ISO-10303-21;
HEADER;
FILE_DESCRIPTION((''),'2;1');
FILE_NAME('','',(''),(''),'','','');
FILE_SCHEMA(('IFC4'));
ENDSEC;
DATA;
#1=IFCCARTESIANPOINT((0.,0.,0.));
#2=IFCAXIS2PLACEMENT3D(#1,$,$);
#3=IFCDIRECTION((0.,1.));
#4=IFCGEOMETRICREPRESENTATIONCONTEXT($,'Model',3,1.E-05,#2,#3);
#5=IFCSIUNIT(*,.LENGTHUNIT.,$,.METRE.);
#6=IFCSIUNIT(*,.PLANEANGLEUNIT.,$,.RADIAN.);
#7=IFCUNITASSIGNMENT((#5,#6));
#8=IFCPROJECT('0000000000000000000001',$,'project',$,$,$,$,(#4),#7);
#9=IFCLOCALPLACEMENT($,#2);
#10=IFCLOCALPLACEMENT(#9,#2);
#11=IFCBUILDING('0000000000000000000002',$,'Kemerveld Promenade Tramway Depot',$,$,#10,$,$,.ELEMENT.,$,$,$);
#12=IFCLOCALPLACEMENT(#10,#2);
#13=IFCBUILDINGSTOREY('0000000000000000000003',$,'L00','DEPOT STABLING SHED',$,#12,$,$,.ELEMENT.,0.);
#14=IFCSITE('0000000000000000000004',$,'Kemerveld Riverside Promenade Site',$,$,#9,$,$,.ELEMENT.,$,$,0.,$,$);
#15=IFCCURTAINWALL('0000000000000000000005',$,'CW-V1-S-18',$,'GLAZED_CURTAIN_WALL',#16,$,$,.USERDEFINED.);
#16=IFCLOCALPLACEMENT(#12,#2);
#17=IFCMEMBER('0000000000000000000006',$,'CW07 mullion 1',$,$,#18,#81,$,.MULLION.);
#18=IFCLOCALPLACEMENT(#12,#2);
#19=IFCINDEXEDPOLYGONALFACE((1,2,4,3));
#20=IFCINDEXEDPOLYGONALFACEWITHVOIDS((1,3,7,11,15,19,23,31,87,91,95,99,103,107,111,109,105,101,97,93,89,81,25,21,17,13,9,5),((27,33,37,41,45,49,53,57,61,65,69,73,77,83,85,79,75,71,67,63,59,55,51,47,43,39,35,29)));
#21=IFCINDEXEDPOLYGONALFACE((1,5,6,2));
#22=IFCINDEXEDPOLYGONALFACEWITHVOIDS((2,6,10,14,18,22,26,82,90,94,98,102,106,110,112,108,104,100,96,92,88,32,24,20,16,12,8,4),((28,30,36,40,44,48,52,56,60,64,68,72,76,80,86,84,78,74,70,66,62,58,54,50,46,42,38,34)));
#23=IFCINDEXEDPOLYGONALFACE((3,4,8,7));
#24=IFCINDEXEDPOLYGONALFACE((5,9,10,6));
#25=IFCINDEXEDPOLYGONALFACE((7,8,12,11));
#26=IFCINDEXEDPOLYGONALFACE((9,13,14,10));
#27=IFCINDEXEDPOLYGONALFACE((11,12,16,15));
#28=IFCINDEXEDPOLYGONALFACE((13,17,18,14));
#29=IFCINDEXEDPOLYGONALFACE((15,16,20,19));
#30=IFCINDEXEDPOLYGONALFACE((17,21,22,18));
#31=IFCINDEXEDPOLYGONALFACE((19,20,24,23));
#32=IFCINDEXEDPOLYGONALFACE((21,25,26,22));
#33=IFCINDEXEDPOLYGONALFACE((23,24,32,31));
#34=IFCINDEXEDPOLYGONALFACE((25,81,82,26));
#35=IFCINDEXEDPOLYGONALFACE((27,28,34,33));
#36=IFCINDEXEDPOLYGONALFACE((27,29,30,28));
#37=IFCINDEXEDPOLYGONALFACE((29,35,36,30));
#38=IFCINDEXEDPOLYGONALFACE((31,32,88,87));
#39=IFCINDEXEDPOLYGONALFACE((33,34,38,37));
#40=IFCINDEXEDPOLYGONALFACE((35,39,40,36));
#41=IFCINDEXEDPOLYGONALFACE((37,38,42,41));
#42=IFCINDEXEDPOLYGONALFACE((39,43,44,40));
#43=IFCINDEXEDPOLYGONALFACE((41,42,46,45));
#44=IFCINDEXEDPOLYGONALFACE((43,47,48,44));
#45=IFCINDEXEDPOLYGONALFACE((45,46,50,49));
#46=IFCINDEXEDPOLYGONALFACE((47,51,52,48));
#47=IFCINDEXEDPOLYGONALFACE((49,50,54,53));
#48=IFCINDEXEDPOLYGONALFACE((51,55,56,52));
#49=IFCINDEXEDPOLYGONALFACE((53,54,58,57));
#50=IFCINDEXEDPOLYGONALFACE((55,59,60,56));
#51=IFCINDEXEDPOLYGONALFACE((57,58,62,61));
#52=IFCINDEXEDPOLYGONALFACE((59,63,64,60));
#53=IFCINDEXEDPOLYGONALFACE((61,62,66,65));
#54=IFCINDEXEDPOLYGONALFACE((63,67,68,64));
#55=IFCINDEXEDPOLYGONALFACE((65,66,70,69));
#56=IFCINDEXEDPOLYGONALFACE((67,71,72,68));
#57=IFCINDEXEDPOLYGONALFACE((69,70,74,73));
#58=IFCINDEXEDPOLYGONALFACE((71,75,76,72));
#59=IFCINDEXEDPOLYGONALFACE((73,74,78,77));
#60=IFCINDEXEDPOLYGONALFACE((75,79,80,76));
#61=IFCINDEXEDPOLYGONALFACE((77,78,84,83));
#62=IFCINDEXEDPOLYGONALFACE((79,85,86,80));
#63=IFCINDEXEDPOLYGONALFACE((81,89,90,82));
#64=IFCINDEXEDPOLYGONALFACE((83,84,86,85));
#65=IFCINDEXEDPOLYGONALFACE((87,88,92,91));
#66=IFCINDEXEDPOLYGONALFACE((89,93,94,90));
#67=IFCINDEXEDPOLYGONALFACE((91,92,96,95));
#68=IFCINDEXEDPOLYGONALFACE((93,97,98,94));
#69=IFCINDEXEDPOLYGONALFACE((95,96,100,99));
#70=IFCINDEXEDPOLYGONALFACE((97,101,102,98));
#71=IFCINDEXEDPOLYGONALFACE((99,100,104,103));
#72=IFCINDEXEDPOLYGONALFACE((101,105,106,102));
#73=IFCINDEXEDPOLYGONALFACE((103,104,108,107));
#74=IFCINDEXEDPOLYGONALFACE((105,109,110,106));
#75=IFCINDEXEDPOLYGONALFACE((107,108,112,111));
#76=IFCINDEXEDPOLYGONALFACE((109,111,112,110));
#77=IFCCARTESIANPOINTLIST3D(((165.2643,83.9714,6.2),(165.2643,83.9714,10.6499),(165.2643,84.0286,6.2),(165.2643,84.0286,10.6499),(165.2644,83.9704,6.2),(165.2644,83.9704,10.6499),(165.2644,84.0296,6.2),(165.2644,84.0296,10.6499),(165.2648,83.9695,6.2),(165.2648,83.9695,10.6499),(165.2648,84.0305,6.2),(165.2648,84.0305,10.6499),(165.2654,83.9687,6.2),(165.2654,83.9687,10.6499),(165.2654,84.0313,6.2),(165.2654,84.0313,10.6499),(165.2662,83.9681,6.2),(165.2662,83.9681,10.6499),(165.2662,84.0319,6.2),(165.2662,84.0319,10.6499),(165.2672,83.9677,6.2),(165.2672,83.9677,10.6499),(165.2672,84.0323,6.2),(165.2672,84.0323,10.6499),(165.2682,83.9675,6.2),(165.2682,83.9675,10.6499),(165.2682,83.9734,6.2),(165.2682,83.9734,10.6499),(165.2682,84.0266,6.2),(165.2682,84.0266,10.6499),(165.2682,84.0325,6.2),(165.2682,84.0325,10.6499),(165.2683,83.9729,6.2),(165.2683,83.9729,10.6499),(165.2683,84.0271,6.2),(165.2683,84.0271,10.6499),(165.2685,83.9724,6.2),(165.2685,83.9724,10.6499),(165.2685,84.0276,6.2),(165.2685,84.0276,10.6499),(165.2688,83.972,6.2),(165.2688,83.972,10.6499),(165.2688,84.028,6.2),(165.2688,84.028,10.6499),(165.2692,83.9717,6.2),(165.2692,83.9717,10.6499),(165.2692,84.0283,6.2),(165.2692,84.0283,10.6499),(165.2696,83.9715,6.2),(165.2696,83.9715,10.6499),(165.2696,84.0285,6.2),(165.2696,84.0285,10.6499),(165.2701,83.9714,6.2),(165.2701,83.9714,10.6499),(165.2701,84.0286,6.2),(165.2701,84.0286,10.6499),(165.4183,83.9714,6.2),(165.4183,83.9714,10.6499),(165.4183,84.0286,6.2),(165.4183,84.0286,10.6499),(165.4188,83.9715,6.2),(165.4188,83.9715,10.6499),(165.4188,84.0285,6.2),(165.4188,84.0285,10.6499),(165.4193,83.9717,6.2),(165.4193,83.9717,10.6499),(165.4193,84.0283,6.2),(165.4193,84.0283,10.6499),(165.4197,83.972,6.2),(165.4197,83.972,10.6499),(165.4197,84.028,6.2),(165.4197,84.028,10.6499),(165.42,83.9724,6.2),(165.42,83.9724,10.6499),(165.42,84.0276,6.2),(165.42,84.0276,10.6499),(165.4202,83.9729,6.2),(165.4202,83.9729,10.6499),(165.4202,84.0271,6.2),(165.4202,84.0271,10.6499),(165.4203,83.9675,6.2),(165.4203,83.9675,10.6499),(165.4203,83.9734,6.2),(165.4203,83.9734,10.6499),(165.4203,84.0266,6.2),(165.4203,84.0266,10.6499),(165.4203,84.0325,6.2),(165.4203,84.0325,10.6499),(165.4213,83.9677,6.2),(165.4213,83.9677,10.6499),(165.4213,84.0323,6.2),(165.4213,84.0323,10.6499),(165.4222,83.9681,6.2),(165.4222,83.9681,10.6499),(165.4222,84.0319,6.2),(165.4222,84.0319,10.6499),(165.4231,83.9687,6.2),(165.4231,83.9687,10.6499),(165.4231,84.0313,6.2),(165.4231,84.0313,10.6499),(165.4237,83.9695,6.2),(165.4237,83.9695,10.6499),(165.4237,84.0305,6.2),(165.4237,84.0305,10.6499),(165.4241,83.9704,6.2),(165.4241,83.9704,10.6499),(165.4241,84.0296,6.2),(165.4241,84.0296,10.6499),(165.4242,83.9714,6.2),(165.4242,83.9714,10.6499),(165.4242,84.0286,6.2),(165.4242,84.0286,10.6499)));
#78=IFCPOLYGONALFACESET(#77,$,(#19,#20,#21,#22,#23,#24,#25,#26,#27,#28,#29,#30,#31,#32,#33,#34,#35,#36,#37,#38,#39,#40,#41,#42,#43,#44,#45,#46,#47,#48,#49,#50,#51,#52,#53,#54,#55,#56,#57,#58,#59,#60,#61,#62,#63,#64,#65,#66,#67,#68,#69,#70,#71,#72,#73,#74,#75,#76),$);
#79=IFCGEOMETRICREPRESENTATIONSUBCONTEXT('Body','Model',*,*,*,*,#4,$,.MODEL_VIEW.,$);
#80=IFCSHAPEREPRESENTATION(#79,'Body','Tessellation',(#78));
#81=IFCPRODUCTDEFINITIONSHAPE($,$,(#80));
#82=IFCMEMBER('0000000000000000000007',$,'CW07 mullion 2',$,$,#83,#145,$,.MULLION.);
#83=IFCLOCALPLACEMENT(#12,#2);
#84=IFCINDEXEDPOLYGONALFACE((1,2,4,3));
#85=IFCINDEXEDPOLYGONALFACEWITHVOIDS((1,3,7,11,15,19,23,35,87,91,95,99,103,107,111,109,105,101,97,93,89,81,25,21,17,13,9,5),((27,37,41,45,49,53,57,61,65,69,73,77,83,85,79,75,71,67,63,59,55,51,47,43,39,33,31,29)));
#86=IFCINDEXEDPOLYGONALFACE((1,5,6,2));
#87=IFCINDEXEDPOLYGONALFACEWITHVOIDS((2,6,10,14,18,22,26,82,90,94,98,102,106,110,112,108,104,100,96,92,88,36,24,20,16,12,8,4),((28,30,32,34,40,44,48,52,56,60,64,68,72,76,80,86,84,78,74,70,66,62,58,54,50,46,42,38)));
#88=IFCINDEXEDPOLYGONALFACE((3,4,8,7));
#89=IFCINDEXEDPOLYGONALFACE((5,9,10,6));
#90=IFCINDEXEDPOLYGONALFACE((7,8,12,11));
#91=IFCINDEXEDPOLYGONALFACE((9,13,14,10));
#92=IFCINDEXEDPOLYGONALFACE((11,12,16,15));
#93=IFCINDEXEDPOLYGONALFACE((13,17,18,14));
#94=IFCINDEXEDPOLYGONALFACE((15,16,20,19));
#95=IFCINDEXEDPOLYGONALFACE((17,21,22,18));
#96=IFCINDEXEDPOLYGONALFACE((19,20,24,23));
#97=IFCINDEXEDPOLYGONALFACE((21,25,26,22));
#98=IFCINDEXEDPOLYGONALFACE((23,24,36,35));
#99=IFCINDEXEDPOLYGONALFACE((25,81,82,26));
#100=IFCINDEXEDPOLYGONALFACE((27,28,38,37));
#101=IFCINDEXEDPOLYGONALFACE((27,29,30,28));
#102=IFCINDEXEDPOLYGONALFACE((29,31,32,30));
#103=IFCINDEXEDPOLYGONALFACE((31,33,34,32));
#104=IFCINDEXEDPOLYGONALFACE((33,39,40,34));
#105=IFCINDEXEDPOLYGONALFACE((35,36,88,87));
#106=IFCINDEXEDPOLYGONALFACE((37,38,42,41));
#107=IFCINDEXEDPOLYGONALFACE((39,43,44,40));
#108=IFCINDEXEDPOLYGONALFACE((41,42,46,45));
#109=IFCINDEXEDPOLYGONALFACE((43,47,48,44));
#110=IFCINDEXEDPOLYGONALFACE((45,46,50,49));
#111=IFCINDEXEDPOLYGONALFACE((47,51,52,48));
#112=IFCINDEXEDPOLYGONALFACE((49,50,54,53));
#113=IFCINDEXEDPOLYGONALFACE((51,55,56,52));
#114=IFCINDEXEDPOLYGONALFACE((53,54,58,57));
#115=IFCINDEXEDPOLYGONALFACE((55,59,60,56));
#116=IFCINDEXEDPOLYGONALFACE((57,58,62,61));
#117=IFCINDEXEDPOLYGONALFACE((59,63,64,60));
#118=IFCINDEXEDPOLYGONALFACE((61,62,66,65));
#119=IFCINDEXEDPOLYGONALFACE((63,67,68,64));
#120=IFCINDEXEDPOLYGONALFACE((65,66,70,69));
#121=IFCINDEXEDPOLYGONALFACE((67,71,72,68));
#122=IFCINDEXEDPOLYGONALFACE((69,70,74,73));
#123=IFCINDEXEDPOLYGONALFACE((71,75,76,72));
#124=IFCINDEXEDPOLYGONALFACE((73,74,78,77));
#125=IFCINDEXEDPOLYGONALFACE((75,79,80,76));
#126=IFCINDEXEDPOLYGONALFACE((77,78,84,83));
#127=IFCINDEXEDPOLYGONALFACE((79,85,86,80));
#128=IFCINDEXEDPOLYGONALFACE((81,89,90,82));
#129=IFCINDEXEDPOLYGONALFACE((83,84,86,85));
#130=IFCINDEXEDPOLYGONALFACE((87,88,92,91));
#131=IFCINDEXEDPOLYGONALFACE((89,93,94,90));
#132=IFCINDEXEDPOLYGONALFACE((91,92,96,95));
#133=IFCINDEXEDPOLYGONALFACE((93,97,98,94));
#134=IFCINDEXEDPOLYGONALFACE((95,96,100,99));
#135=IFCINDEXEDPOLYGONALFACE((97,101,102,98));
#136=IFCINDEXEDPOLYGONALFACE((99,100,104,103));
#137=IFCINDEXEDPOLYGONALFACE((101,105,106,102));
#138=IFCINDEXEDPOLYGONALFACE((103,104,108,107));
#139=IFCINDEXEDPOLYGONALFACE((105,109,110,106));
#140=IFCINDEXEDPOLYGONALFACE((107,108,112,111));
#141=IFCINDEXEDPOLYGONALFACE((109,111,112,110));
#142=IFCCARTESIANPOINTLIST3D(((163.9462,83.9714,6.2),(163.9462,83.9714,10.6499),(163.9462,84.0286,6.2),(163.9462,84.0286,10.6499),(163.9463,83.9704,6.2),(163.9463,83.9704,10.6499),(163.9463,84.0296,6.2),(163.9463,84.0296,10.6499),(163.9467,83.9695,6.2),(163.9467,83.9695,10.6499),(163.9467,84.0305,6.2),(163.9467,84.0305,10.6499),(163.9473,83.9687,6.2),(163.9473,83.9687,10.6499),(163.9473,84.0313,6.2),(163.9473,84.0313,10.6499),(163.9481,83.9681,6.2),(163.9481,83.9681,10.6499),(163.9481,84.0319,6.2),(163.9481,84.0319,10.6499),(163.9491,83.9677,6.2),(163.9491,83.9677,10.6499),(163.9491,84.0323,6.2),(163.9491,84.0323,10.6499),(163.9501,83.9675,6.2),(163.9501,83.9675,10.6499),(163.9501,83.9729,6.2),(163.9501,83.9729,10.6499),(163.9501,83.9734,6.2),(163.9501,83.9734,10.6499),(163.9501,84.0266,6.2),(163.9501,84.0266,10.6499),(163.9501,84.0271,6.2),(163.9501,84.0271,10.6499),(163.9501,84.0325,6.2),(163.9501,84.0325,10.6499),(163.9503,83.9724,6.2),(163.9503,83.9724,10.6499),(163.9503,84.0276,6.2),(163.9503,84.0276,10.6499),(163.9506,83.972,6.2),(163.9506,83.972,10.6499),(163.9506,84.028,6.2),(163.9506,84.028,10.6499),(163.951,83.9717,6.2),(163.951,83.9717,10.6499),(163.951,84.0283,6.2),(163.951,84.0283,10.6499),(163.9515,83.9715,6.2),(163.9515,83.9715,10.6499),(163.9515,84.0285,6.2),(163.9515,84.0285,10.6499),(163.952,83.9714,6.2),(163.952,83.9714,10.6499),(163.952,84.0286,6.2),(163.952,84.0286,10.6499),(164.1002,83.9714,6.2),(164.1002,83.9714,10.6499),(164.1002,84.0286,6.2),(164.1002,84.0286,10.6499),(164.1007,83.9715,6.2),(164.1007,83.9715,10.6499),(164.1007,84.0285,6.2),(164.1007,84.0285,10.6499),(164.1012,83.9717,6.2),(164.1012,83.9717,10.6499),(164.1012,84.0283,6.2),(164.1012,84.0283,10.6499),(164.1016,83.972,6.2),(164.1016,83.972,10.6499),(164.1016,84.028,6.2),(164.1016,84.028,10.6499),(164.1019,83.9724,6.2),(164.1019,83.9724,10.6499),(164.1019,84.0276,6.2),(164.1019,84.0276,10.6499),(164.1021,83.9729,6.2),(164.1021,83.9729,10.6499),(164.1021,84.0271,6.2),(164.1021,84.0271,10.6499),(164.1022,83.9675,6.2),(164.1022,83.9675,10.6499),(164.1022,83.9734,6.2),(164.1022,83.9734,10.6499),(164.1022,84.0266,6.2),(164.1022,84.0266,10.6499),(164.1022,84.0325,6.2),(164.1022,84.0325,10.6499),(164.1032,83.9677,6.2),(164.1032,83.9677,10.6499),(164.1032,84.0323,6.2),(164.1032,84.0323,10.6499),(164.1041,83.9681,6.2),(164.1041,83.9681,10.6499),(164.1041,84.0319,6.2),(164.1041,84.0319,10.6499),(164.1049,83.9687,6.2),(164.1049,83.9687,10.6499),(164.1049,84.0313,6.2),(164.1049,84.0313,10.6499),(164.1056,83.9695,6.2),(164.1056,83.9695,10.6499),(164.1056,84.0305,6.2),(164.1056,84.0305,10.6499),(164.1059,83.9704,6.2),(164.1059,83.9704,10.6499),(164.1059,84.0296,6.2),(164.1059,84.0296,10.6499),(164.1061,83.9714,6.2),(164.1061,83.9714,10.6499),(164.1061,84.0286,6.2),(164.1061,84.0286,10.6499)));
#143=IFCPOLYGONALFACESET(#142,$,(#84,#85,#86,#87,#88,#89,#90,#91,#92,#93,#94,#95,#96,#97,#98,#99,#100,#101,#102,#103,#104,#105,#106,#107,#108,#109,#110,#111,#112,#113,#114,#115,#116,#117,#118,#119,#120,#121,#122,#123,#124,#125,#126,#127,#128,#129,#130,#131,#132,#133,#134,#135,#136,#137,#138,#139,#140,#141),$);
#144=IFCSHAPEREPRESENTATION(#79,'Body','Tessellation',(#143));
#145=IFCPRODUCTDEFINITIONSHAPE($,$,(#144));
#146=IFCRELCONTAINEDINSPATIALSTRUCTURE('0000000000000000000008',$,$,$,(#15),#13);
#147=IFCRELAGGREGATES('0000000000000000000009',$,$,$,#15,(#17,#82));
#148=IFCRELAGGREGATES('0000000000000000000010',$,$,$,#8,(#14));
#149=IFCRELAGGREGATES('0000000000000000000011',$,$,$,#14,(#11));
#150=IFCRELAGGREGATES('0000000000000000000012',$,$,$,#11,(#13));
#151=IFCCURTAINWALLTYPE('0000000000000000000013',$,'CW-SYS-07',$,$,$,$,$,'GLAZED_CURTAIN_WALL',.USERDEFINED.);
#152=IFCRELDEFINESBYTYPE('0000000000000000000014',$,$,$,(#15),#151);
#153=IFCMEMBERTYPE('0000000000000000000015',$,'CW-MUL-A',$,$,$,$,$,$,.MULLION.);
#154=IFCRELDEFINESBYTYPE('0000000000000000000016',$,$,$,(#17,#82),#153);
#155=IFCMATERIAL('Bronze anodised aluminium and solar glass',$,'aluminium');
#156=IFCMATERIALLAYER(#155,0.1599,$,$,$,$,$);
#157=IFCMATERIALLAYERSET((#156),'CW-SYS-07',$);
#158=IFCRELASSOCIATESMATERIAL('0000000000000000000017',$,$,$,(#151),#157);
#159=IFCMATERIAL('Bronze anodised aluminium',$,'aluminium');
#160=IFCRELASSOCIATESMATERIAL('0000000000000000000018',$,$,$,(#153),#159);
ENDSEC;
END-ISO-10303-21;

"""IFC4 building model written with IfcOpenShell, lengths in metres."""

from ifc_helpers import new_model, si_unit, direction, frame, origin, origin_2d, place, context, subcontext, project, spatial, hollow_rectangle, extrude, material, layer, layer_set, material_profile, profile_set, type_object, element, aggregate, save


model = new_model("IFC4")

# Units and contexts
model_context = context("Model", 3, precision=1e-05, world=origin(), true_north=direction((0.0, 1.0)))
body_context = subcontext(model_context, "Body", "Model", "MODEL_VIEW")
ifc_project = project(units=[si_unit("LENGTHUNIT", "METRE"), si_unit("PLANEANGLEUNIT", "RADIAN")], contexts=[model_context])

# Site, building, storey
site_placement = place(None, origin())
site = spatial("IfcSite", under=ifc_project, at=site_placement, Name="Kemerveld Riverside Promenade Site", CompositionType="ELEMENT", RefElevation=0.0)
building_placement = place(site_placement, origin())
building = spatial("IfcBuilding", under=site, at=building_placement, Name="Kemerveld Promenade Tramway Depot", CompositionType="ELEMENT")
storey_placement = place(building_placement, origin())
storey = spatial("IfcBuildingStorey", under=building, at=storey_placement, Name="L00", Description="DEPOT STABLING SHED", CompositionType="ELEMENT", Elevation=0.0)

# Curtain wall, members
ifc_material_1 = material(Name="Bronze anodised aluminium and solar glass", Category="aluminium")
ifc_layer_1 = layer(ifc_material_1, 0.1599)
ifc_layer_set_1 = layer_set([ifc_layer_1], Name="CW-SYS-07")
curtain_wall_type_1 = type_object("IfcCurtainWallType", Name="CW-SYS-07", ElementType="GLAZED_CURTAIN_WALL", PredefinedType="USERDEFINED", material=ifc_layer_set_1)
curtain_wall_1_placement = place(storey_placement, origin())
curtain_wall_1 = element("IfcCurtainWall", 1, at=curtain_wall_1_placement, inside=storey, type_object=curtain_wall_type_1, Name="CW-V1-S-18", ObjectType="GLAZED_CURTAIN_WALL", PredefinedType="USERDEFINED")
ifc_material_2 = material(Name="Bronze anodised aluminium", Category="aluminium")
ifc_material_profile_1 = material_profile(ifc_material_2, hollow_rectangle(XDim=0.0649, YDim=0.1599, WallThickness=0.0039, InnerFilletRadius=0.002, OuterFilletRadius=0.0039, at=origin_2d()), Name="CW-MUL-160x65")
ifc_profile_set_1 = profile_set([ifc_material_profile_1], Name="Bronze anodised aluminium")
member_type_1 = type_object("IfcMemberType", Name="CW-MUL-A", PredefinedType="MULLION", material=ifc_profile_set_1)
member_1_placement = place(storey_placement, frame((165.3442, 84.0, 6.2), z_axis=(0.0, 0.0, 1.0), x_axis=(0.0, -1.0, 0.0)))
member_1 = element("IfcMember", 2, at=member_1_placement, type_object=member_type_1, Name="CW07 mullion 1", PredefinedType="MULLION", context=body_context, shape_type="SweptSolid", body=[
    extrude(hollow_rectangle(XDim=0.0649, YDim=0.1599, WallThickness=0.0039, InnerFilletRadius=0.002, OuterFilletRadius=0.0039, at=origin_2d()), origin(), (0.0, 0.0, 1.0), 4.45),
])
member_2_placement = place(storey_placement, frame((164.0261, 84.0, 6.2), z_axis=(0.0, 0.0, 1.0), x_axis=(0.0, -1.0, 0.0)))
member_2 = element("IfcMember", 3, at=member_2_placement, type_object=member_type_1, Name="CW07 mullion 2", PredefinedType="MULLION", context=body_context, shape_type="SweptSolid", body=[
    extrude(hollow_rectangle(XDim=0.0649, YDim=0.1599, WallThickness=0.0039, InnerFilletRadius=0.002, OuterFilletRadius=0.0039, at=origin_2d()), origin(), (0.0, 0.0, 1.0), 4.45),
])

aggregate(curtain_wall_1, [member_1, member_2])

save(model, "model.ifc")
